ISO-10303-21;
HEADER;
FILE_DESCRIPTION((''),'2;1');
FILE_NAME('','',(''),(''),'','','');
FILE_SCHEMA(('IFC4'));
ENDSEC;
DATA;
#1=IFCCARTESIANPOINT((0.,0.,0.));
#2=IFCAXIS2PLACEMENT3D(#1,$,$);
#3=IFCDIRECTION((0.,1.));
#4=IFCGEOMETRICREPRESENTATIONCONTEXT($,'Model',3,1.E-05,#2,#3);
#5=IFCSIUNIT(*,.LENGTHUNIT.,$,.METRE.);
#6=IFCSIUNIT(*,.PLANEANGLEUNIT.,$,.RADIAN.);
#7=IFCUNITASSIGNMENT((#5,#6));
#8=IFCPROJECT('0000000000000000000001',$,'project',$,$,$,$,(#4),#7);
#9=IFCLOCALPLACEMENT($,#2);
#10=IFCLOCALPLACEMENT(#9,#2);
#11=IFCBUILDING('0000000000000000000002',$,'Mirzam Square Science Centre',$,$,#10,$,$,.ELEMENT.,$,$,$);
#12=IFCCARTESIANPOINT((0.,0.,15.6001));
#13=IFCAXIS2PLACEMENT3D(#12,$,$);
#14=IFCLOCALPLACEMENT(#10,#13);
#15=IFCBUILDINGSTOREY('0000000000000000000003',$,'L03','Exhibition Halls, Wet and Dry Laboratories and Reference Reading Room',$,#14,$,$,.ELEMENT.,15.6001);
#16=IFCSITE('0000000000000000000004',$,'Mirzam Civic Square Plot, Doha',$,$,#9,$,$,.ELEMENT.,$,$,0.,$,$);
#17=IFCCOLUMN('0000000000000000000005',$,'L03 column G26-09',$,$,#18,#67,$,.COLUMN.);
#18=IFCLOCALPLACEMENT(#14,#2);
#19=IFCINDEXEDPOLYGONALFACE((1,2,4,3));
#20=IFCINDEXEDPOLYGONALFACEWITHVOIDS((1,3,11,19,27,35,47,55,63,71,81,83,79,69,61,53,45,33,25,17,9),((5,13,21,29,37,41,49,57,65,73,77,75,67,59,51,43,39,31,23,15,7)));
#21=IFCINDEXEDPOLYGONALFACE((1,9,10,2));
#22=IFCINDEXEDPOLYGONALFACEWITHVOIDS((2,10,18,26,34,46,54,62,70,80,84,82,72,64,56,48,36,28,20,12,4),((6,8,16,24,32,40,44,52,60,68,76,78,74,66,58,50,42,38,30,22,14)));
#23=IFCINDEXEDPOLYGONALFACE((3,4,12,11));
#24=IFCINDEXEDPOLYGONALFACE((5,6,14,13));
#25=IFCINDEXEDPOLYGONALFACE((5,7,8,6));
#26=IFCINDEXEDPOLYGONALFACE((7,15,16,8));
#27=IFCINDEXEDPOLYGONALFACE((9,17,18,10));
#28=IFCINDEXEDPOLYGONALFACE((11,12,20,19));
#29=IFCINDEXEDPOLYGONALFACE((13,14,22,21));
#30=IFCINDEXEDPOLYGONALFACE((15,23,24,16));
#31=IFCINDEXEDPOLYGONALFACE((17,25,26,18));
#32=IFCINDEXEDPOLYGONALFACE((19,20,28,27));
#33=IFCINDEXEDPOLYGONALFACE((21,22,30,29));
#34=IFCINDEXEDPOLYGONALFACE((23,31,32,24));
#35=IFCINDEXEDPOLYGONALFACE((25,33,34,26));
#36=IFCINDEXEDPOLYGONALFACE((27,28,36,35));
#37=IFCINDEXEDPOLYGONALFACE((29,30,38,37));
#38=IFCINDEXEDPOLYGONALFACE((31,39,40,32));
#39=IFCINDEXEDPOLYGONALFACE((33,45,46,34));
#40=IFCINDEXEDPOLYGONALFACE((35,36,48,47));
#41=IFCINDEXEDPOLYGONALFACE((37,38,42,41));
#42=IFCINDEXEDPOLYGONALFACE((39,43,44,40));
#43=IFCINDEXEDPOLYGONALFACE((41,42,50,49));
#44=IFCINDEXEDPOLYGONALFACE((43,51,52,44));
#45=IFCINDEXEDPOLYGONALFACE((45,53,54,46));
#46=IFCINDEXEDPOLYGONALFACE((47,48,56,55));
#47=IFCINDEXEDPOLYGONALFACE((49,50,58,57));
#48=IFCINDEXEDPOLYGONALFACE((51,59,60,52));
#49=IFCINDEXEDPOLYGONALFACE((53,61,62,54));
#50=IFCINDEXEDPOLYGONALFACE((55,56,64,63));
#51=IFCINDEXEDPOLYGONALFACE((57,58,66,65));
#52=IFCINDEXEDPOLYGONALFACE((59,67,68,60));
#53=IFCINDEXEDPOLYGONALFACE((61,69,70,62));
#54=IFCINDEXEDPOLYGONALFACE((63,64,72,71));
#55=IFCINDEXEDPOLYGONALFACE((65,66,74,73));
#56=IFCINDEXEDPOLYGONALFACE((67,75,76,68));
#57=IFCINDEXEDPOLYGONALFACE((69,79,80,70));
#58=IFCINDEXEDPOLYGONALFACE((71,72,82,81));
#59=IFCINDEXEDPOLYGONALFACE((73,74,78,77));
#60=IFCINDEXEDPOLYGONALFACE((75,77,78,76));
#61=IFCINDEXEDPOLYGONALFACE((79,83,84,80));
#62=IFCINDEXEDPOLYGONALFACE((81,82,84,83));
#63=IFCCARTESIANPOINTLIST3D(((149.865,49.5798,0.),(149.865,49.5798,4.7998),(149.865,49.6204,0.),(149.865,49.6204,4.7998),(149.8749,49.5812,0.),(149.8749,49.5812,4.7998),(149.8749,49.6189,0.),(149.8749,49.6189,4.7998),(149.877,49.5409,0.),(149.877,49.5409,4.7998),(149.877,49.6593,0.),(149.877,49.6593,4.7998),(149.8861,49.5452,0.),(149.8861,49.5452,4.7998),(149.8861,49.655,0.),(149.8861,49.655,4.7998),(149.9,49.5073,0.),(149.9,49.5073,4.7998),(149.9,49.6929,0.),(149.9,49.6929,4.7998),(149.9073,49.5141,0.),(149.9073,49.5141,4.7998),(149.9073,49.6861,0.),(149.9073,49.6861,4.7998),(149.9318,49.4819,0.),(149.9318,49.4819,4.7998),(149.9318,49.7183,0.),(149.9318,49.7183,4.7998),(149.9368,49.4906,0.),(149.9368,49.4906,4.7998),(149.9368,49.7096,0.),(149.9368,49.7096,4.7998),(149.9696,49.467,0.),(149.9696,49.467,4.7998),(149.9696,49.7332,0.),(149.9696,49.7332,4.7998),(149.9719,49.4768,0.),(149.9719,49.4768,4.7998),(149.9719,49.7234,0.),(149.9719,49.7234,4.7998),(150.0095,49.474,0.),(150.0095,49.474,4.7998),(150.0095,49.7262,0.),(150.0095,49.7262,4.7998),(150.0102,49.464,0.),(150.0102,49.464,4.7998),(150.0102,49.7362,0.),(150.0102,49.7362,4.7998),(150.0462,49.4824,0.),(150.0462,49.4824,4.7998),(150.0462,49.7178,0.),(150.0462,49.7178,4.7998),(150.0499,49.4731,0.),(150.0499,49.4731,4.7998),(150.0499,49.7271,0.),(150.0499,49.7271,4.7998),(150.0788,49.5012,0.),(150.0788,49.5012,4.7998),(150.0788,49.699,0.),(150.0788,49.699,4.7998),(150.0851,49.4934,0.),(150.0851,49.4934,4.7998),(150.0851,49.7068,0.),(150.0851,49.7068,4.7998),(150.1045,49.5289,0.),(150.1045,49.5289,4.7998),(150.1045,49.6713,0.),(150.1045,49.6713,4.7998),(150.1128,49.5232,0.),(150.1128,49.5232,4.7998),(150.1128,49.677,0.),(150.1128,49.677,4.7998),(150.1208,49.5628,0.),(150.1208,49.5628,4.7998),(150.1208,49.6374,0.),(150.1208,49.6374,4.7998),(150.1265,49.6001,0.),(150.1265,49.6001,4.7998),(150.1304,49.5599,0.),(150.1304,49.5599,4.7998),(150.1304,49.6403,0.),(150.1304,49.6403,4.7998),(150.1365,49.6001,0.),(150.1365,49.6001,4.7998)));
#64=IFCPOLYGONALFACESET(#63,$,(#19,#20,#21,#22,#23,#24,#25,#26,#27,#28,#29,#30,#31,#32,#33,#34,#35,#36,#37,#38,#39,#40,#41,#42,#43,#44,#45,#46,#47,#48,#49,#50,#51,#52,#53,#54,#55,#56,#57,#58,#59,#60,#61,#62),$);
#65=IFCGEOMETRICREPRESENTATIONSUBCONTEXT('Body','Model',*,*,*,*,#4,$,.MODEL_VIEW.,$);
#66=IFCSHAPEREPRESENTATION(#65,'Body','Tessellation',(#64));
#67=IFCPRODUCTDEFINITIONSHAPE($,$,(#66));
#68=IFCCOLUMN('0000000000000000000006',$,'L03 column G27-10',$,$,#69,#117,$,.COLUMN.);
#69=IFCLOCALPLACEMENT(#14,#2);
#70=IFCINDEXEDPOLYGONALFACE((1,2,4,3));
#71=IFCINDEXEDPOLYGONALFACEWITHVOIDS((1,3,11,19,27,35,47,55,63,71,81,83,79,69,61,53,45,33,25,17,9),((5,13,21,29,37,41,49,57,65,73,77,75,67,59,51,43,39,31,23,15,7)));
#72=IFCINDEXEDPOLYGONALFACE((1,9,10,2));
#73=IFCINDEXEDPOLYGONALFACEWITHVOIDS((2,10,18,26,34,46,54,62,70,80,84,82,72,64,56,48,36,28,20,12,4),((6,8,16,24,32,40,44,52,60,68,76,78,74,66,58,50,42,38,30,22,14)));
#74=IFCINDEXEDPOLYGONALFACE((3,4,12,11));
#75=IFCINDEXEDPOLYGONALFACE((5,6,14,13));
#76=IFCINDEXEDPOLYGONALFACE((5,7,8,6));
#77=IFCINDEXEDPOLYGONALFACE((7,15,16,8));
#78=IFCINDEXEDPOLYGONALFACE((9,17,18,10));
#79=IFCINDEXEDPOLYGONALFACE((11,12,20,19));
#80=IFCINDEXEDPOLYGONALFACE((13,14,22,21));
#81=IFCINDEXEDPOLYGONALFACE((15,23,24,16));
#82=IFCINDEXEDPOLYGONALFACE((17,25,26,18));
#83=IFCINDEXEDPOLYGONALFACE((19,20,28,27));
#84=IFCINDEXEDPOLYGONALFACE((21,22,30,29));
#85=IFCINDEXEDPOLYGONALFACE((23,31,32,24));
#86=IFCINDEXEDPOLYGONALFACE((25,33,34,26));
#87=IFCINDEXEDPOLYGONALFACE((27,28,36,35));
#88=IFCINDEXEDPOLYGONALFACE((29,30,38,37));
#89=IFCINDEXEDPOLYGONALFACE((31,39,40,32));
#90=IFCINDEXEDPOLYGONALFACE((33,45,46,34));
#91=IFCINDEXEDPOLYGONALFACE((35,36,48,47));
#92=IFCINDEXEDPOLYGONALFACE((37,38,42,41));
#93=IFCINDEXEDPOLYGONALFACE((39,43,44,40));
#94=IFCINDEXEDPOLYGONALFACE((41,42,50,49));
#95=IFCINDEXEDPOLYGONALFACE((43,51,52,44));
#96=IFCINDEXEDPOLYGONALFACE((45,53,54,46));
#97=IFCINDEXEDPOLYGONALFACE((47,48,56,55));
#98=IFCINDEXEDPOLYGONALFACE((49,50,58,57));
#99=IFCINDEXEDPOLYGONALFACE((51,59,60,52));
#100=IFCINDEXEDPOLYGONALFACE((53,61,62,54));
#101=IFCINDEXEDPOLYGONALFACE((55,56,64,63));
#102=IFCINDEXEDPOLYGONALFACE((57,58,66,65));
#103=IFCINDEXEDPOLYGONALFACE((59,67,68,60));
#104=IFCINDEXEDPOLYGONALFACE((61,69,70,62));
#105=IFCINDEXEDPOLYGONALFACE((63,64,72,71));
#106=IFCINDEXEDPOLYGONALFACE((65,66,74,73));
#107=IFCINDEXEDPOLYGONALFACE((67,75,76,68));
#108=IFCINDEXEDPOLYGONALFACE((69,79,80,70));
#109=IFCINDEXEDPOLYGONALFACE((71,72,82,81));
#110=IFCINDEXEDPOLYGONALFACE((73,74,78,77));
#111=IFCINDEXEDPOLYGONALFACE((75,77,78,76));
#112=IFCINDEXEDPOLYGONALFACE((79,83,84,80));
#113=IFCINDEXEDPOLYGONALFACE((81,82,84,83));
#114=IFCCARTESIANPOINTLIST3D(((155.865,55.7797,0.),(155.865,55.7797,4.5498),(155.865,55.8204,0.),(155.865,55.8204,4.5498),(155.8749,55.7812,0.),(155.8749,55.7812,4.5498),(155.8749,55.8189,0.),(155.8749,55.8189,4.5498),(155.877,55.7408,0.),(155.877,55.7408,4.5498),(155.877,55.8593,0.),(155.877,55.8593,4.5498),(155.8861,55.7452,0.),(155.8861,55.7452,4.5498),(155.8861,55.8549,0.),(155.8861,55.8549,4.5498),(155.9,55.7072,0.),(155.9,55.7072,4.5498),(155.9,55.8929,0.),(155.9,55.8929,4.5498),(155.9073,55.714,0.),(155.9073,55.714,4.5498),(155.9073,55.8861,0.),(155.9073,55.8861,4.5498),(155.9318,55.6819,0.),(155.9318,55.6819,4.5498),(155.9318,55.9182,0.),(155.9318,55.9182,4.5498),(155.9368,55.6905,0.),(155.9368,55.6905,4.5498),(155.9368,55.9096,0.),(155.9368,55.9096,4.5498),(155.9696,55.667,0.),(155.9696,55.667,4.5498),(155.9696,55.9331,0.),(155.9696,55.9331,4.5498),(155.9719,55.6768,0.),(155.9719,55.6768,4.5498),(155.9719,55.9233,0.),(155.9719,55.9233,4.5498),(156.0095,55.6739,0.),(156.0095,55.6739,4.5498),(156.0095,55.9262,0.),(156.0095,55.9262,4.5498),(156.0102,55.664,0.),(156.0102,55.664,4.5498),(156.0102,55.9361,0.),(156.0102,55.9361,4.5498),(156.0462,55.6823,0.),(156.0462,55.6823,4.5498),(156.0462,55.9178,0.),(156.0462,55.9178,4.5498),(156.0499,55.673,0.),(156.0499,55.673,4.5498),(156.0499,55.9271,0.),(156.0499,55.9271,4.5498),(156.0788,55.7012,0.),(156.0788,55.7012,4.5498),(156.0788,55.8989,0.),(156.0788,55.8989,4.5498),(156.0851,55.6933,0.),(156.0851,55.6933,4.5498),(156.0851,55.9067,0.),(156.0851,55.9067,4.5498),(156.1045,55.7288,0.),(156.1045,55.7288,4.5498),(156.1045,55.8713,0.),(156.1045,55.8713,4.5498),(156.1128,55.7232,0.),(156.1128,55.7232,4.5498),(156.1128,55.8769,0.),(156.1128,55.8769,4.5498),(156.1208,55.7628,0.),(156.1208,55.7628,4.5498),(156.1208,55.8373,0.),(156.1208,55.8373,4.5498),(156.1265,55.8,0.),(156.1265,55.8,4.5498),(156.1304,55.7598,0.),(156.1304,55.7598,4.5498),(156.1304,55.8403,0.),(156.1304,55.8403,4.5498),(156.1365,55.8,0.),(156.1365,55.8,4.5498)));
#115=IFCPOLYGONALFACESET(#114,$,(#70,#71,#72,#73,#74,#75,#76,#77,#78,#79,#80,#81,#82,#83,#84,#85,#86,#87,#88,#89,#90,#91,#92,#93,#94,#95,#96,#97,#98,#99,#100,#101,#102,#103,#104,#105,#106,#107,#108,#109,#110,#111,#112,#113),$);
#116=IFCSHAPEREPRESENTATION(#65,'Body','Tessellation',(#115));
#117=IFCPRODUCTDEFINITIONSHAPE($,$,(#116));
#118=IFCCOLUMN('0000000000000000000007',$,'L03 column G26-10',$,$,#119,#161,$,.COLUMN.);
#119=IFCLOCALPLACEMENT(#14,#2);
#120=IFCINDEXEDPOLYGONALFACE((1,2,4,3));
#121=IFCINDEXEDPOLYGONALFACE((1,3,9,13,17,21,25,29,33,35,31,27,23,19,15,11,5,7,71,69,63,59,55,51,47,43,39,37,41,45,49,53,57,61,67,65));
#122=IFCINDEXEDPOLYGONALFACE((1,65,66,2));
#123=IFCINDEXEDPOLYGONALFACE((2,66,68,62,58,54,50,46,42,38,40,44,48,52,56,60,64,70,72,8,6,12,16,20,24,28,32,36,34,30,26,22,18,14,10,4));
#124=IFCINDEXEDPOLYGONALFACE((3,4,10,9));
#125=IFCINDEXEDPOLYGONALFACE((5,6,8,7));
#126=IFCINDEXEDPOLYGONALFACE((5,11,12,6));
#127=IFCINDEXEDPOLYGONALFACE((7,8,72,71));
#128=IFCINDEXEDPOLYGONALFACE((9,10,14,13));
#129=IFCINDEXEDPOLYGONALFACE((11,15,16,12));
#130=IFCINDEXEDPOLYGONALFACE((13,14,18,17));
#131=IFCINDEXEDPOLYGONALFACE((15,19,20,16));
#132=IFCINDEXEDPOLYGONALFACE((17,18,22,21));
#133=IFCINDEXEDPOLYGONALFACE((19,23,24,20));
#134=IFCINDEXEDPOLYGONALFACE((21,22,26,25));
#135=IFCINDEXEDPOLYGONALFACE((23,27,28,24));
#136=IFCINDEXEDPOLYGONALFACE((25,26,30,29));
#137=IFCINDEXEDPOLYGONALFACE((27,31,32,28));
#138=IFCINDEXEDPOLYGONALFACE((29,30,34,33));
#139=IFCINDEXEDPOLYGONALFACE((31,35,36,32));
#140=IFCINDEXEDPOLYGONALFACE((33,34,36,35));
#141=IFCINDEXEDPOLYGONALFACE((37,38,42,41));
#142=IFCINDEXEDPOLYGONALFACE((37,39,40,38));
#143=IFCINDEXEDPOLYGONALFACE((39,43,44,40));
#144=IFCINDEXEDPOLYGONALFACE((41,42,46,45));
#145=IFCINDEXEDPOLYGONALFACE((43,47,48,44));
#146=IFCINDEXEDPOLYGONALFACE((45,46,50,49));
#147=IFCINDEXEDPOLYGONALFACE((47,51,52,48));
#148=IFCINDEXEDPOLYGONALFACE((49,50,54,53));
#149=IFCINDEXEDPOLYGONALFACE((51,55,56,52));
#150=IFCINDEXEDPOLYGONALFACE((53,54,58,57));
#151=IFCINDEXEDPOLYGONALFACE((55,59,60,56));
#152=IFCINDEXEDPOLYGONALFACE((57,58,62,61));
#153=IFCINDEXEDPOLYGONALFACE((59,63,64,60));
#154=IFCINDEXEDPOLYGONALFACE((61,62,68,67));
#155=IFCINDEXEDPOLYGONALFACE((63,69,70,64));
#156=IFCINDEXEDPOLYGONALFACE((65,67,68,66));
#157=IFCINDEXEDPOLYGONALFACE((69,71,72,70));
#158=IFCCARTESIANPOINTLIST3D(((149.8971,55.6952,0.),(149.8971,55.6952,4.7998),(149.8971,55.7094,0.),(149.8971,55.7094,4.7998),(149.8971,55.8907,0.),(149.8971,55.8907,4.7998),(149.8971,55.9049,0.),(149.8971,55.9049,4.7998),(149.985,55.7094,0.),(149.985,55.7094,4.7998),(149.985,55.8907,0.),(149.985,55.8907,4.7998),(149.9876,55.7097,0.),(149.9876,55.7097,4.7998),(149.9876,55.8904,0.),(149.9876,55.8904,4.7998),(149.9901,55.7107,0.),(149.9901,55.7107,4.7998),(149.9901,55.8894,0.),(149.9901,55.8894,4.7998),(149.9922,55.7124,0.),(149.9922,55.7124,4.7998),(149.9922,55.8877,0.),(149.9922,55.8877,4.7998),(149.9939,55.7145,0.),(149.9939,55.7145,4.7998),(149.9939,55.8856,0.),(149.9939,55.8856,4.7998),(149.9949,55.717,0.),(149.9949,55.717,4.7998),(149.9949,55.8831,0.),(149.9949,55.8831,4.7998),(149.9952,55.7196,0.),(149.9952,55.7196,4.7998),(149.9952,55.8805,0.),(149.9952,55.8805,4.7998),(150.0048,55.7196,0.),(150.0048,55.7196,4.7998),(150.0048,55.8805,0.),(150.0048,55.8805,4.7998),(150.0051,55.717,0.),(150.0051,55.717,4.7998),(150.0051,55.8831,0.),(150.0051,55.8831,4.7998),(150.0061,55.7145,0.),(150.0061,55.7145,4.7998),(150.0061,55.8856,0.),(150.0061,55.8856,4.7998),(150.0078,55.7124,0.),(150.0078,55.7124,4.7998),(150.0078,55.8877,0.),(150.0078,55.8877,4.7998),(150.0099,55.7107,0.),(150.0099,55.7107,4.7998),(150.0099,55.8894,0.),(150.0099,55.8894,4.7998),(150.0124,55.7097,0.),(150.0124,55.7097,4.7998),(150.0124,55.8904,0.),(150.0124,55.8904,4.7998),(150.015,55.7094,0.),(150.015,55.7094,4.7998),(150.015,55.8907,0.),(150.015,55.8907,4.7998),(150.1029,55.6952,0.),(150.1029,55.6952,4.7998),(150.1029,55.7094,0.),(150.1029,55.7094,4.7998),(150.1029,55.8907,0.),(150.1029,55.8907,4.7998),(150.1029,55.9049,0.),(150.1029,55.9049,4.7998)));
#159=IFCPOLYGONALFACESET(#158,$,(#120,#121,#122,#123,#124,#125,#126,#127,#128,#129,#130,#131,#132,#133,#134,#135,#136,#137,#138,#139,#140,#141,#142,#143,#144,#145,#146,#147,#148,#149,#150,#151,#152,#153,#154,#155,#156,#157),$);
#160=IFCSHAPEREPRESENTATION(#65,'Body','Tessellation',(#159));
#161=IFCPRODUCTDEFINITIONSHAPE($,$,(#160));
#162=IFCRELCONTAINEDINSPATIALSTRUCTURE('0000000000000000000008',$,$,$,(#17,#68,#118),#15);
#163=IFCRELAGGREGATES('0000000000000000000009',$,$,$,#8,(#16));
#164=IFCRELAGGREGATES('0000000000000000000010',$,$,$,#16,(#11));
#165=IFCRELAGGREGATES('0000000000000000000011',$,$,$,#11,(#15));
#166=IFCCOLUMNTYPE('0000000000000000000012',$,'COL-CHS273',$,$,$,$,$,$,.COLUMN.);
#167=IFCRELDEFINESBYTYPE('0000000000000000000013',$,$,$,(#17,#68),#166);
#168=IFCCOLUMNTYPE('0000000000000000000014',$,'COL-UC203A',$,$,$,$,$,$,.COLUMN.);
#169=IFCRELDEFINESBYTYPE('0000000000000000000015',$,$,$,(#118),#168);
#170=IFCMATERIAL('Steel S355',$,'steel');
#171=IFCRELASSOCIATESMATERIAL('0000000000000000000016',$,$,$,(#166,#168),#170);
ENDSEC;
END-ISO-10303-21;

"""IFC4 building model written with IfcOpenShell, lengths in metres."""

from ifc_helpers import new_model, si_unit, direction, frame, origin, origin_2d, place, context, subcontext, project, spatial, hollow_circle, i_section, extrude, material, material_profile, profile_set, type_object, element, save


model = new_model("IFC4")

# Units and contexts
model_context = context("Model", 3, precision=1e-05, world=origin(), true_north=direction((0.0, 1.0)))
body_context = subcontext(model_context, "Body", "Model", "MODEL_VIEW")
ifc_project = project(units=[si_unit("LENGTHUNIT", "METRE"), si_unit("PLANEANGLEUNIT", "RADIAN")], contexts=[model_context])

# Site, building, storey
site_placement = place(None, origin())
site = spatial("IfcSite", under=ifc_project, at=site_placement, Name="Mirzam Civic Square Plot, Doha", CompositionType="ELEMENT", RefElevation=0.0)
building_placement = place(site_placement, origin())
building = spatial("IfcBuilding", under=site, at=building_placement, Name="Mirzam Square Science Centre", CompositionType="ELEMENT")
storey_placement = place(building_placement, frame((0.0, 0.0, 15.6001)))
storey = spatial("IfcBuildingStorey", under=building, at=storey_placement, Name="L03", Description="Exhibition Halls, Wet and Dry Laboratories and Reference Reading Room", CompositionType="ELEMENT", Elevation=15.6001)

# Columns
ifc_material_1 = material(Name="Steel S355", Category="steel")
ifc_material_profile_1 = material_profile(ifc_material_1, hollow_circle(Radius=0.1365, WallThickness=0.01, at=origin_2d()), Name="273.0x10.0CHS")
ifc_profile_set_1 = profile_set([ifc_material_profile_1], Name="Steel S355")
column_type_1 = type_object("IfcColumnType", Name="COL-CHS273", PredefinedType="COLUMN", material=ifc_profile_set_1)
column_1_placement = place(storey_placement, frame((150.0, 49.6001, 0.0), z_axis=(0.0, 0.0, 1.0), x_axis=(1.0, 0.0, 0.0)))
element("IfcColumn", 1, at=column_1_placement, inside=storey, type_object=column_type_1, Name="L03 column G26-09", PredefinedType="COLUMN", context=body_context, shape_type="SweptSolid", body=[
    extrude(hollow_circle(Radius=0.1365, WallThickness=0.01, at=origin_2d()), origin(), (0.0, 0.0, 1.0), 4.7998),
])
column_2_placement = place(storey_placement, frame((156.0, 55.8, 0.0), z_axis=(0.0, 0.0, 1.0), x_axis=(1.0, 0.0, 0.0)))
element("IfcColumn", 2, at=column_2_placement, inside=storey, type_object=column_type_1, Name="L03 column G27-10", PredefinedType="COLUMN", context=body_context, shape_type="SweptSolid", body=[
    extrude(hollow_circle(Radius=0.1365, WallThickness=0.01, at=origin_2d()), origin(), (0.0, 0.0, 1.0), 4.5498),
])
ifc_material_profile_2 = material_profile(ifc_material_1, i_section(OverallWidth=0.2058, OverallDepth=0.2097, WebThickness=0.0095, FlangeThickness=0.0142, FilletRadius=0.0103, at=origin_2d()), Name="203x203x60UC")
ifc_profile_set_2 = profile_set([ifc_material_profile_2], Name="Steel S355")
column_type_2 = type_object("IfcColumnType", Name="COL-UC203A", PredefinedType="COLUMN", material=ifc_profile_set_2)
column_3_placement = place(storey_placement, frame((150.0, 55.8, 0.0), z_axis=(0.0, 0.0, 1.0), x_axis=(1.0, 0.0, 0.0)))
element("IfcColumn", 3, at=column_3_placement, inside=storey, type_object=column_type_2, Name="L03 column G26-10", PredefinedType="COLUMN", context=body_context, shape_type="SweptSolid", body=[
    extrude(i_section(OverallWidth=0.2058, OverallDepth=0.2097, WebThickness=0.0095, FlangeThickness=0.0142, FilletRadius=0.0103, at=origin_2d()), origin(), (0.0, 0.0, 1.0), 4.7998),
])

save(model, "model.ifc")
